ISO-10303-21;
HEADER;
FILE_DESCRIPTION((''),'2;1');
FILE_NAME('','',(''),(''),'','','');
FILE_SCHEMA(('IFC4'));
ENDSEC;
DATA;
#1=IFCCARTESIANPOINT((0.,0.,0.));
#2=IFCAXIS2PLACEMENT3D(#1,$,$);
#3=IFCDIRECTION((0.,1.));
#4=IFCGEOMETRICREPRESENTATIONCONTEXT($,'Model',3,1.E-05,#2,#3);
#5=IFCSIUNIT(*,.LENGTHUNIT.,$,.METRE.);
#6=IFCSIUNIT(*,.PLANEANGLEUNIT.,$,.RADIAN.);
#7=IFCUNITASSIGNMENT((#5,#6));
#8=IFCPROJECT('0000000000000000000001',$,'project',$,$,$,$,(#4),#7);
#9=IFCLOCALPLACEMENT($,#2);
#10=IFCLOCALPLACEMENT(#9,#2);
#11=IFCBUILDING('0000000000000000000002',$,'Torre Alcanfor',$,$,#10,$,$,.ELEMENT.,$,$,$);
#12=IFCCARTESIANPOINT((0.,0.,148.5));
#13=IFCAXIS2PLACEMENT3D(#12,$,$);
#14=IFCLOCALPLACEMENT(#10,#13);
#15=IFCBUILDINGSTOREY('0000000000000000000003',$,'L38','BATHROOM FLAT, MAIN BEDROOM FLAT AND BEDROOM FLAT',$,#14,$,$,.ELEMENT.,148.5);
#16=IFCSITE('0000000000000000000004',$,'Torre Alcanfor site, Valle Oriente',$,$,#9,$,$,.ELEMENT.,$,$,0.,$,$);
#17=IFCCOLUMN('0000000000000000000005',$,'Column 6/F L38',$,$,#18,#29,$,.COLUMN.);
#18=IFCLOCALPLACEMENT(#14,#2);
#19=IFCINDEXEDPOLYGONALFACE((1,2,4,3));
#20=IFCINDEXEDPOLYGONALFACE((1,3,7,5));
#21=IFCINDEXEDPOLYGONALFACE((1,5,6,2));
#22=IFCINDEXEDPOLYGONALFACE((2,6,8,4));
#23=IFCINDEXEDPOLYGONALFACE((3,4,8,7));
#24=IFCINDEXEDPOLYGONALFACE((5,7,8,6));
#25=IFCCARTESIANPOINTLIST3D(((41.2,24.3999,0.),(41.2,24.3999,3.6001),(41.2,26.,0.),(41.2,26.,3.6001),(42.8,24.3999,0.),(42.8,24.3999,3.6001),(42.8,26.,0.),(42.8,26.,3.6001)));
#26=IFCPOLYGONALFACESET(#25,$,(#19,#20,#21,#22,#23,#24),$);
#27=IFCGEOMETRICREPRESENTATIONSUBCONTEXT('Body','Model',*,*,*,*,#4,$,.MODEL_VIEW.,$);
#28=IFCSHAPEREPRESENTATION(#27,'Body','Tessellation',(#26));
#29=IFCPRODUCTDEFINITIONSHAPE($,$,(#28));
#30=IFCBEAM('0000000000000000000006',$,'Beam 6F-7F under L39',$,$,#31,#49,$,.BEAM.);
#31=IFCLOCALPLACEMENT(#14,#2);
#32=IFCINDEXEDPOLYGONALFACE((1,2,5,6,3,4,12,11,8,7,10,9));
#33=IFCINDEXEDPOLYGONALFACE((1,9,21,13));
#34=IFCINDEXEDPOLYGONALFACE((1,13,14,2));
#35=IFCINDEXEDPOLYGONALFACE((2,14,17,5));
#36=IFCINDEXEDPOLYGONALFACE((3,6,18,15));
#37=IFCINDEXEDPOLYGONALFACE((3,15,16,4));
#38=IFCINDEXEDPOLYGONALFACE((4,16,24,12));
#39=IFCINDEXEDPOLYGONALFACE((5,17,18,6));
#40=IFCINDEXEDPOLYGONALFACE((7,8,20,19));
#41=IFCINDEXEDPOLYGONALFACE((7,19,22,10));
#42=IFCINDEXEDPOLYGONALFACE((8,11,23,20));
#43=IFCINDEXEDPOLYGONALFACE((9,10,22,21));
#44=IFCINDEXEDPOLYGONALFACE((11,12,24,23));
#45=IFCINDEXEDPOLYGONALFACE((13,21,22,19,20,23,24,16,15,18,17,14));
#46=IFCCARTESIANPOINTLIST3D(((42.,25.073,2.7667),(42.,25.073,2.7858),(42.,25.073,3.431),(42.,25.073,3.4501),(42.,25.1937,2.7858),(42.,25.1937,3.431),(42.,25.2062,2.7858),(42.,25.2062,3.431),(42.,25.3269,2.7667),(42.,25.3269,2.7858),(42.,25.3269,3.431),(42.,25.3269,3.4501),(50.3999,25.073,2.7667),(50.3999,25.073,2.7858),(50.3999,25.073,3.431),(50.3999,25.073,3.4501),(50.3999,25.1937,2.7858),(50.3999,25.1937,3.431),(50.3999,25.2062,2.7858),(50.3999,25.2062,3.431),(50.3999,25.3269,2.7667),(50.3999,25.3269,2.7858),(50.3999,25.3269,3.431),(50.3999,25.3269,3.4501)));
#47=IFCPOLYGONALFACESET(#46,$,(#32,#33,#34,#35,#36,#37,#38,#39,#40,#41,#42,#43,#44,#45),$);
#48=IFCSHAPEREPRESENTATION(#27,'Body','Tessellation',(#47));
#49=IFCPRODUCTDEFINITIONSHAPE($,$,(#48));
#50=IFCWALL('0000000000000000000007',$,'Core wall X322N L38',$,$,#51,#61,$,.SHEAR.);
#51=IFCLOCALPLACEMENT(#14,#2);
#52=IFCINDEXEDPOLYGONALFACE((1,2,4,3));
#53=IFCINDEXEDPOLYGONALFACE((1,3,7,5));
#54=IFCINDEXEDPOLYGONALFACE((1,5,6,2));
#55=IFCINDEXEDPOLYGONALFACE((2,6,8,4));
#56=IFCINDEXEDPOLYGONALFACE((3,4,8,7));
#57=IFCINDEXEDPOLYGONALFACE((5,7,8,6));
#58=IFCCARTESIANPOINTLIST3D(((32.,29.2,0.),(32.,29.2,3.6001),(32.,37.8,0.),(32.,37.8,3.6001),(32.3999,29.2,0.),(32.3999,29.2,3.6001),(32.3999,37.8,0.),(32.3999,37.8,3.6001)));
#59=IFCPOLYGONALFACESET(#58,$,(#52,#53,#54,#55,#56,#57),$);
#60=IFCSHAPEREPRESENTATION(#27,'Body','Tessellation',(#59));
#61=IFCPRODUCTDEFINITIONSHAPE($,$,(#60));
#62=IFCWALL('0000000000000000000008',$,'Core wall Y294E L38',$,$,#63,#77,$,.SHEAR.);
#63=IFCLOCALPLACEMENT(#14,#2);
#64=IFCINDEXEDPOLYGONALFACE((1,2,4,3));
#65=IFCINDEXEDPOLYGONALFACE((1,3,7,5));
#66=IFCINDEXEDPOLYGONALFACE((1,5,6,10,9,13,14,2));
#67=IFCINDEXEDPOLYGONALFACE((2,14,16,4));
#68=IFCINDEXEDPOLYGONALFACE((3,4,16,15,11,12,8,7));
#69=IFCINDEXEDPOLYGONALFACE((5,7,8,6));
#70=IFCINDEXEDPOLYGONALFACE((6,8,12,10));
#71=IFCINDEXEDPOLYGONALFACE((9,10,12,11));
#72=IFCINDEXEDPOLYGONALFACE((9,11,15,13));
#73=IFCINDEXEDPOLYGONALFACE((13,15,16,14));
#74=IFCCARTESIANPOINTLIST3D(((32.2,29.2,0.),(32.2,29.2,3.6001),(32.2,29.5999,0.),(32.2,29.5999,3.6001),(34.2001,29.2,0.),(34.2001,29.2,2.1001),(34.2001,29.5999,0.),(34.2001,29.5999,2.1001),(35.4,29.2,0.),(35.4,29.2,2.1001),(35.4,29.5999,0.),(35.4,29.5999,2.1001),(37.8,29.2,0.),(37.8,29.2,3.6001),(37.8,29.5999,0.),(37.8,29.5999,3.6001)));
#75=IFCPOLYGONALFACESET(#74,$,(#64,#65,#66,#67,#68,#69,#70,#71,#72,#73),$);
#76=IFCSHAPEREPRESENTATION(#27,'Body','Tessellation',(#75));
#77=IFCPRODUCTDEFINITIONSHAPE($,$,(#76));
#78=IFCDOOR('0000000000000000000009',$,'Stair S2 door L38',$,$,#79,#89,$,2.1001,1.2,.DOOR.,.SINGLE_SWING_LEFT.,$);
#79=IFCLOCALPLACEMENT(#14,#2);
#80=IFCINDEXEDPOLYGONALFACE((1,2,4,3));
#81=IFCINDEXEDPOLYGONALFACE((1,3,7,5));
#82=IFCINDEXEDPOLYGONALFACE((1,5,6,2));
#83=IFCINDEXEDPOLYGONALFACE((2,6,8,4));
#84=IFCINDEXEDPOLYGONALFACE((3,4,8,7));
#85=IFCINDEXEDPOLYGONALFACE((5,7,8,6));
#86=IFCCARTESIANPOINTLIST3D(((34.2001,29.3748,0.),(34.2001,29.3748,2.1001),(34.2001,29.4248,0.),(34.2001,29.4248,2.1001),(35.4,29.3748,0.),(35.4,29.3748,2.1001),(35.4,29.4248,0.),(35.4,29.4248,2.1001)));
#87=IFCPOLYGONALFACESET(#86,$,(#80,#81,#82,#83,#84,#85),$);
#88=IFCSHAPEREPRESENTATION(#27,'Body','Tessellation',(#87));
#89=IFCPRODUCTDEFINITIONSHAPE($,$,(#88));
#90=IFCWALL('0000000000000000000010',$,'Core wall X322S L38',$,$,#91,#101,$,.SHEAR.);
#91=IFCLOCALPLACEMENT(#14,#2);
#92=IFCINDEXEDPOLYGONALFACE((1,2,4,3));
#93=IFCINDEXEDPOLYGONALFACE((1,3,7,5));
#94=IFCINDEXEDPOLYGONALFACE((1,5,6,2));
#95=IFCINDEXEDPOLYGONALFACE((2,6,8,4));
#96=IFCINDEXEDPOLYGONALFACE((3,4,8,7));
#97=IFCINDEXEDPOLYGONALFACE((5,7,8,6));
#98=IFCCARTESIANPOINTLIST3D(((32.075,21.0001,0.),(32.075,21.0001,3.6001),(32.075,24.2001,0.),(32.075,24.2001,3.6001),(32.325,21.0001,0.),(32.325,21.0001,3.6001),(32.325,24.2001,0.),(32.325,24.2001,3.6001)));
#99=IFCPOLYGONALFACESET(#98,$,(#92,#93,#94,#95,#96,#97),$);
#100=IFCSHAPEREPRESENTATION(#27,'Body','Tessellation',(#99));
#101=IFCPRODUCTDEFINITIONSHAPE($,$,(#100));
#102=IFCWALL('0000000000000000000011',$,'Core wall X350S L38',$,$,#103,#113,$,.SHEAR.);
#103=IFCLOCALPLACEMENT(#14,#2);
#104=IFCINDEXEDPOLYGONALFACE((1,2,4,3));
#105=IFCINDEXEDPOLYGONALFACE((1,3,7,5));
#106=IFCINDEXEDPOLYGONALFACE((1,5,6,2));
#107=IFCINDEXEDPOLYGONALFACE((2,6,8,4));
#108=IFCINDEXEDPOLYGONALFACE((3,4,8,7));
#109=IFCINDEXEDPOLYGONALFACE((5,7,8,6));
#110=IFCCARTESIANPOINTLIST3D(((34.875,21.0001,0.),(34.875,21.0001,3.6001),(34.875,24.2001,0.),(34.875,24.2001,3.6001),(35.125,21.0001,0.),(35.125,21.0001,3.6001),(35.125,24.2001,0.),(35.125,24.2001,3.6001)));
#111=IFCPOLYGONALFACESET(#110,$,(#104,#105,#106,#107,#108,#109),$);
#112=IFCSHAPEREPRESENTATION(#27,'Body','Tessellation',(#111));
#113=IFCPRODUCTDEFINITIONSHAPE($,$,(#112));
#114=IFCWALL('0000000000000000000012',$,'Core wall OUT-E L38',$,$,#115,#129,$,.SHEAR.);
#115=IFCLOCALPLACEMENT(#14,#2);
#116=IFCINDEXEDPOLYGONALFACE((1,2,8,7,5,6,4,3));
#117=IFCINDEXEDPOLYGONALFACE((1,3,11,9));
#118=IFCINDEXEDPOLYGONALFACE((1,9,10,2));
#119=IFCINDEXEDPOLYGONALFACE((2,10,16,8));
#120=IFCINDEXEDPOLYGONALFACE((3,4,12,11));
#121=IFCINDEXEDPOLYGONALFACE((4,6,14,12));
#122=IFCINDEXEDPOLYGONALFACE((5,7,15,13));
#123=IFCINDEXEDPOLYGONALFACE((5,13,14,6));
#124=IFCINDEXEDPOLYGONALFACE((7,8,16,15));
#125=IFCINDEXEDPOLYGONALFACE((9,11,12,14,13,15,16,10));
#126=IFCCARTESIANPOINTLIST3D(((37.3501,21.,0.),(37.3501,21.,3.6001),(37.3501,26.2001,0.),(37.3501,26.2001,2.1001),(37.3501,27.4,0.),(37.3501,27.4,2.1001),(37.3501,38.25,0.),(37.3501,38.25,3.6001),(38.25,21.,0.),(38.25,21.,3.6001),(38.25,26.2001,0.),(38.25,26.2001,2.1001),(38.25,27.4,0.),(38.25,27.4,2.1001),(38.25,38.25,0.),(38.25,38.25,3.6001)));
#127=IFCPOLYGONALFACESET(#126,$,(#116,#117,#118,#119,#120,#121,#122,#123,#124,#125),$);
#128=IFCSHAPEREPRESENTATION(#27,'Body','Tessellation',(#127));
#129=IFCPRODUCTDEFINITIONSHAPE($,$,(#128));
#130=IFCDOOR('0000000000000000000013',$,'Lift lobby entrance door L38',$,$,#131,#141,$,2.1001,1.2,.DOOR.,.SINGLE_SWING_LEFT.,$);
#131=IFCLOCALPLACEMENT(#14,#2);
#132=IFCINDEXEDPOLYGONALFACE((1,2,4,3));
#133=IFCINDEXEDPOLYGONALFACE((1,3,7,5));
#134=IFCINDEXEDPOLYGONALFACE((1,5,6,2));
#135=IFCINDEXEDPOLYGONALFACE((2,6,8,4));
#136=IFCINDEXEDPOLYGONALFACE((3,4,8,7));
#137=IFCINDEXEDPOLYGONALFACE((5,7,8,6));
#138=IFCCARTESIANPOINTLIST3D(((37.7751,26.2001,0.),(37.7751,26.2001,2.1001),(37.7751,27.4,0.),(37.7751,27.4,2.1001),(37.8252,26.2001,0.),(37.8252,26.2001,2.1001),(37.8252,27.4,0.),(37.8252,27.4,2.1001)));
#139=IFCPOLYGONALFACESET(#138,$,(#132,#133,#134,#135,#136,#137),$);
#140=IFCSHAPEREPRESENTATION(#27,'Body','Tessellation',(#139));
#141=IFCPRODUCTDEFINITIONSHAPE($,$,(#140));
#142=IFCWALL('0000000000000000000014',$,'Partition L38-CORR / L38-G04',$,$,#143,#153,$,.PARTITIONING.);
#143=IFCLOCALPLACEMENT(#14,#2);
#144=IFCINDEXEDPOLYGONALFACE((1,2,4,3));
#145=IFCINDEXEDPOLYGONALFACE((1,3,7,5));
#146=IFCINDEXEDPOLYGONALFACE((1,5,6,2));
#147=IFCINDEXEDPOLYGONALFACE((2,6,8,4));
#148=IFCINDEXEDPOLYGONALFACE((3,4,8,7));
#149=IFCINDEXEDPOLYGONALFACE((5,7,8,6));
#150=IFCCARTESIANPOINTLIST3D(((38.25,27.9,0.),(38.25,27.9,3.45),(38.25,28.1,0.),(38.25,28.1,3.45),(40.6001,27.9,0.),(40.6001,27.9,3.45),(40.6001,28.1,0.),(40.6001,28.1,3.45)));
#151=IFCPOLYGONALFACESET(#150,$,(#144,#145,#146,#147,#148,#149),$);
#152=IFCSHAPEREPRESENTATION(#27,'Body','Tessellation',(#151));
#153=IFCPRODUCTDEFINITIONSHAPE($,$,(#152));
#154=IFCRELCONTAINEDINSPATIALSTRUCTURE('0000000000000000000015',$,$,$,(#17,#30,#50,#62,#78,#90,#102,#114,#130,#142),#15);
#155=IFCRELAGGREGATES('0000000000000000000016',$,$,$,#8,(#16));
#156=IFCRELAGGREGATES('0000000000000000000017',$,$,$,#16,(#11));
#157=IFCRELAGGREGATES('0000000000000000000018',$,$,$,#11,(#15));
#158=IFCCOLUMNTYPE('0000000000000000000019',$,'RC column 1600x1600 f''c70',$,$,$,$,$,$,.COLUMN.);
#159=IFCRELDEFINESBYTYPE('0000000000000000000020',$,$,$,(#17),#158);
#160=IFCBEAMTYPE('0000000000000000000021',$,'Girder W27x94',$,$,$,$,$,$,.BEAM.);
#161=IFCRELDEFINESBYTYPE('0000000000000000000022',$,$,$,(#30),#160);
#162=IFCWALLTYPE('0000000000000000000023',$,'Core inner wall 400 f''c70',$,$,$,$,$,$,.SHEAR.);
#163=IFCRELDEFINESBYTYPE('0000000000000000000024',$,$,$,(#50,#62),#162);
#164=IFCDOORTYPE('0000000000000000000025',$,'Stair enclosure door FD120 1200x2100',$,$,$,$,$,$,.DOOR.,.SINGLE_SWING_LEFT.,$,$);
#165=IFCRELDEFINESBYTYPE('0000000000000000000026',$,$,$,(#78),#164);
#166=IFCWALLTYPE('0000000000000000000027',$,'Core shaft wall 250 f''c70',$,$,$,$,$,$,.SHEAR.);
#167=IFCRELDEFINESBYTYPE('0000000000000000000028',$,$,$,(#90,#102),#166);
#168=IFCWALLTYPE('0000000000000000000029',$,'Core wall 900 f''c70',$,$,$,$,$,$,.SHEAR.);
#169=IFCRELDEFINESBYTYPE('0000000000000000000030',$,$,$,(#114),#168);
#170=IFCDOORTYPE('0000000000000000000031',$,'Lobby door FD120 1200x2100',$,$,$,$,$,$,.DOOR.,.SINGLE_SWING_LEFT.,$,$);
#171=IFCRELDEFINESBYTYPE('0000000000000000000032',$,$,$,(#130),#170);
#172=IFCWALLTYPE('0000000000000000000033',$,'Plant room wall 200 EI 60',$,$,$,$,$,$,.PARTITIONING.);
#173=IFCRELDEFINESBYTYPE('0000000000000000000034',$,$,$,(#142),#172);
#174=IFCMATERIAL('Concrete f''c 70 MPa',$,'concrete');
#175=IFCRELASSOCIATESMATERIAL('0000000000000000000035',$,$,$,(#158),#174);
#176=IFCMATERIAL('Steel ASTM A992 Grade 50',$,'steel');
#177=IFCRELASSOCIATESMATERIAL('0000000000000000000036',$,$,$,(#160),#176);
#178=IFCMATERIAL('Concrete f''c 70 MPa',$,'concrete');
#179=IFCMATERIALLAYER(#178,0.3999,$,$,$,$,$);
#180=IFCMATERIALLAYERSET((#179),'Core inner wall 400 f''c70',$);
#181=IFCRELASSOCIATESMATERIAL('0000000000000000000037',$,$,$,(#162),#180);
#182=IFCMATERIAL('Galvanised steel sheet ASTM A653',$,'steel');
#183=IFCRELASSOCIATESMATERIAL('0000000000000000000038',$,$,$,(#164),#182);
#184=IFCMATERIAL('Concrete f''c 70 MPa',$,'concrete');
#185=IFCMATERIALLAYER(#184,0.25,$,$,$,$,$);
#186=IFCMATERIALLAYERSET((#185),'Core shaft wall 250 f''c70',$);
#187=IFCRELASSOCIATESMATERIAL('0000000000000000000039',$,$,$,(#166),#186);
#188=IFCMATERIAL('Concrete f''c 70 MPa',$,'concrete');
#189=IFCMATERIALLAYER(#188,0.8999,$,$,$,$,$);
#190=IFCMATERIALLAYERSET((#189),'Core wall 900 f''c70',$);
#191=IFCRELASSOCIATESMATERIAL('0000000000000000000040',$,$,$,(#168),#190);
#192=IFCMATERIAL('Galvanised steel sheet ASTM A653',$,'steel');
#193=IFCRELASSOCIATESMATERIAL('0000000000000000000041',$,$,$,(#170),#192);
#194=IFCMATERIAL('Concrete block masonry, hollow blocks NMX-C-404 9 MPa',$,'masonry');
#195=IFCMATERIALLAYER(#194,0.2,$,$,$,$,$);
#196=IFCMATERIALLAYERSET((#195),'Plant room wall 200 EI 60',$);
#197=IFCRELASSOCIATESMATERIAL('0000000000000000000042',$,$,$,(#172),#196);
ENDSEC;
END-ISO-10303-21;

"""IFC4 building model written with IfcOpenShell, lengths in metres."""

from ifc_helpers import new_model, si_unit, direction, frame, frame_2d, origin, origin_2d, place, context, subcontext, project, spatial, rectangle, i_section, extrude, material, layer, layer_set, material_profile, profile_set, type_object, element, fill, save


model = new_model("IFC4")

# Units and contexts
model_context = context("Model", 3, precision=1e-05, world=origin(), true_north=direction((0.0, 1.0)))
body_context = subcontext(model_context, "Body", "Model", "MODEL_VIEW")
ifc_project = project(units=[si_unit("LENGTHUNIT", "METRE"), si_unit("PLANEANGLEUNIT", "RADIAN")], contexts=[model_context])

# Site, building, storey
site_placement = place(None, origin())
site = spatial("IfcSite", under=ifc_project, at=site_placement, Name="Torre Alcanfor site, Valle Oriente", CompositionType="ELEMENT", RefElevation=0.0)
building_placement = place(site_placement, origin())
building = spatial("IfcBuilding", under=site, at=building_placement, Name="Torre Alcanfor", CompositionType="ELEMENT")
storey_placement = place(building_placement, frame((0.0, 0.0, 148.5)))
storey = spatial("IfcBuildingStorey", under=building, at=storey_placement, Name="L38", Description="BATHROOM FLAT, MAIN BEDROOM FLAT AND BEDROOM FLAT", CompositionType="ELEMENT", Elevation=148.5)

# Column
ifc_material_1 = material(Name="Concrete f'c 70 MPa", Category="concrete")
ifc_material_profile_1 = material_profile(ifc_material_1, rectangle(XDim=1.6001, YDim=1.6001, at=origin_2d()), Name="1600x1600")
ifc_profile_set_1 = profile_set([ifc_material_profile_1], Name="Concrete f'c 70 MPa")
column_type = type_object("IfcColumnType", Name="RC column 1600x1600 f'c70", PredefinedType="COLUMN", material=ifc_profile_set_1)
column_placement = place(storey_placement, frame((42.0, 25.2, 0.0), z_axis=(0.0, 0.0, 1.0), x_axis=(1.0, 0.0, 0.0)))
element("IfcColumn", 1, at=column_placement, inside=storey, type_object=column_type, Name="Column 6/F L38", PredefinedType="COLUMN", context=body_context, shape_type="SweptSolid", body=[
    extrude(rectangle(XDim=1.6001, YDim=1.6001, at=origin_2d()), origin(), (0.0, 0.0, 1.0), 3.6001),
])

# Beam
ifc_material_2 = material(Name="Steel ASTM A992 Grade 50", Category="steel")
ifc_material_profile_2 = material_profile(ifc_material_2, i_section(OverallWidth=0.2539, OverallDepth=0.6833, WebThickness=0.0125, FlangeThickness=0.019, at=origin_2d()), Name="W27x94")
ifc_profile_set_2 = profile_set([ifc_material_profile_2], Name="Steel ASTM A992 Grade 50")
beam_type = type_object("IfcBeamType", Name="Girder W27x94", PredefinedType="BEAM", material=ifc_profile_set_2)
beam_placement = place(storey_placement, frame((42.0, 25.2, 3.1084), z_axis=(1.0, 0.0, 0.0), x_axis=(0.0, 1.0, 0.0)))
element("IfcBeam", 2, at=beam_placement, inside=storey, type_object=beam_type, Name="Beam 6F-7F under L39", PredefinedType="BEAM", context=body_context, shape_type="SweptSolid", body=[
    extrude(i_section(OverallWidth=0.2539, OverallDepth=0.6833, WebThickness=0.0125, FlangeThickness=0.019, at=origin_2d()), origin(), (0.0, 0.0, 1.0), 8.3999),
])

# Wall
ifc_material_3 = material(Name="Concrete f'c 70 MPa", Category="concrete")
ifc_layer_1 = layer(ifc_material_3, 0.3999)
ifc_layer_set_1 = layer_set([ifc_layer_1], Name="Core inner wall 400 f'c70")
wall_type_1 = type_object("IfcWallType", Name="Core inner wall 400 f'c70", PredefinedType="SHEAR", material=ifc_layer_set_1)
wall_1_placement = place(storey_placement, frame((32.2, 29.2, 0.0), z_axis=(0.0, 0.0, 1.0), x_axis=(0.0, 1.0, 0.0)))
element("IfcWall", 3, at=wall_1_placement, inside=storey, type_object=wall_type_1, Name="Core wall X322N L38", PredefinedType="SHEAR", context=body_context, shape_type="SweptSolid", body=[
    extrude(rectangle(XDim=8.6001, YDim=0.3999, at=frame_2d((4.3, 0.0))), origin(), (0.0, 0.0, 1.0), 3.6001),
])

# Wall, opening, door
wall_2_placement = place(storey_placement, frame((32.2, 29.3999, 0.0), z_axis=(0.0, 0.0, 1.0), x_axis=(1.0, 0.0, 0.0)))
wall_2 = element("IfcWall", 4, at=wall_2_placement, inside=storey, type_object=wall_type_1, Name="Core wall Y294E L38", PredefinedType="SHEAR", context=body_context, shape_type="SweptSolid", body=[
    extrude(rectangle(XDim=5.6001, YDim=0.3999, at=frame_2d((2.8, 0.0))), origin(), (0.0, 0.0, 1.0), 3.6001),
])
opening_1_placement = place(wall_2_placement, frame((2.0, 0.0, 0.0)))
opening_1 = element("IfcOpeningElement", 5, at=opening_1_placement, cuts=wall_2, PredefinedType="OPENING", context=body_context, shape_type="SweptSolid", body=[
    extrude(rectangle(XDim=1.2, YDim=2.1001, at=frame_2d((0.6001, 1.05))), frame((0.0, 0.21, 0.0), z_axis=(0.0, -1.0, 0.0), x_axis=(1.0, 0.0, 0.0)), (0.0, 0.0, 1.0), 0.4199),
])
ifc_material_4 = material(Name="Galvanised steel sheet ASTM A653", Category="steel")
door_type_1 = type_object("IfcDoorType", Name="Stair enclosure door FD120 1200x2100", OperationType="SINGLE_SWING_LEFT", PredefinedType="DOOR", material=ifc_material_4)
door_1_placement = place(opening_1_placement, origin())
door_1 = element("IfcDoor", 6, at=door_1_placement, inside=storey, type_object=door_type_1, Name="Stair S2 door L38", OperationType="SINGLE_SWING_LEFT", OverallHeight=2.1001, OverallWidth=1.2, PredefinedType="DOOR", context=body_context, shape_type="SweptSolid", body=[
    extrude(rectangle(XDim=1.2, YDim=2.1001, at=frame_2d((0.6001, 1.05))), frame((0.0, 0.0249, 0.0), z_axis=(0.0, -1.0, 0.0), x_axis=(1.0, 0.0, 0.0)), (0.0, 0.0, 1.0), 0.05),
])
fill(opening_1, door_1)

# Walls
ifc_material_5 = material(Name="Concrete f'c 70 MPa", Category="concrete")
ifc_layer_2 = layer(ifc_material_5, 0.25)
ifc_layer_set_2 = layer_set([ifc_layer_2], Name="Core shaft wall 250 f'c70")
wall_type_2 = type_object("IfcWallType", Name="Core shaft wall 250 f'c70", PredefinedType="SHEAR", material=ifc_layer_set_2)
for number, where, z_axis, x_axis, name in (
    (7, (32.2, 21.0, 0.0), (0.0, 0.0, 1.0), (0.0, 1.0, 0.0), "Core wall X322S L38"),
    (8, (35.0, 21.0, 0.0), (0.0, 0.0, 1.0), (0.0, 1.0, 0.0), "Core wall X350S L38"),
):
    element("IfcWall", number, at=place(storey_placement, frame(where, z_axis=z_axis, x_axis=x_axis)), inside=storey, type_object=wall_type_2, Name=name, PredefinedType="SHEAR", context=body_context, shape_type="SweptSolid", body=[
        extrude(rectangle(XDim=3.2, YDim=0.25, at=frame_2d((1.6001, 0.0))), origin(), (0.0, 0.0, 1.0), 3.6001),
    ])

# Wall, opening, door
ifc_material_6 = material(Name="Concrete f'c 70 MPa", Category="concrete")
ifc_layer_3 = layer(ifc_material_6, 0.8999)
ifc_layer_set_3 = layer_set([ifc_layer_3], Name="Core wall 900 f'c70")
wall_type_3 = type_object("IfcWallType", Name="Core wall 900 f'c70", PredefinedType="SHEAR", material=ifc_layer_set_3)
wall_3_placement = place(storey_placement, frame((37.8, 21.0, 0.0), z_axis=(0.0, 0.0, 1.0), x_axis=(0.0, 1.0, 0.0)))
wall_3 = element("IfcWall", 9, at=wall_3_placement, inside=storey, type_object=wall_type_3, Name="Core wall OUT-E L38", PredefinedType="SHEAR", context=body_context, shape_type="SweptSolid", body=[
    extrude(rectangle(XDim=17.25, YDim=0.8999, at=frame_2d((8.625, 0.0))), origin(), (0.0, 0.0, 1.0), 3.6001),
])
opening_2_placement = place(wall_3_placement, frame((5.2, 0.0, 0.0)))
opening_2 = element("IfcOpeningElement", 10, at=opening_2_placement, cuts=wall_3, PredefinedType="OPENING", context=body_context, shape_type="SweptSolid", body=[
    extrude(rectangle(XDim=1.2, YDim=2.1001, at=frame_2d((0.6001, 1.05))), frame((0.0, 0.46, 0.0), z_axis=(0.0, -1.0, 0.0), x_axis=(1.0, 0.0, 0.0)), (0.0, 0.0, 1.0), 0.9199),
])
ifc_material_7 = material(Name="Galvanised steel sheet ASTM A653", Category="steel")
door_type_2 = type_object("IfcDoorType", Name="Lobby door FD120 1200x2100", OperationType="SINGLE_SWING_LEFT", PredefinedType="DOOR", material=ifc_material_7)
door_2_placement = place(opening_2_placement, origin())
door_2 = element("IfcDoor", 11, at=door_2_placement, inside=storey, type_object=door_type_2, Name="Lift lobby entrance door L38", OperationType="SINGLE_SWING_LEFT", OverallHeight=2.1001, OverallWidth=1.2, PredefinedType="DOOR", context=body_context, shape_type="SweptSolid", body=[
    extrude(rectangle(XDim=1.2, YDim=2.1001, at=frame_2d((0.6001, 1.05))), frame((0.0, 0.0249, 0.0), z_axis=(0.0, -1.0, 0.0), x_axis=(1.0, 0.0, 0.0)), (0.0, 0.0, 1.0), 0.05),
])
fill(opening_2, door_2)

# Wall
ifc_material_8 = material(Name="Concrete block masonry, hollow blocks NMX-C-404 9 MPa", Category="masonry")
ifc_layer_4 = layer(ifc_material_8, 0.2)
ifc_layer_set_4 = layer_set([ifc_layer_4], Name="Plant room wall 200 EI 60")
wall_type_4 = type_object("IfcWallType", Name="Plant room wall 200 EI 60", PredefinedType="PARTITIONING", material=ifc_layer_set_4)
wall_4_placement = place(storey_placement, frame((38.25, 28.0, 0.0), z_axis=(0.0, 0.0, 1.0), x_axis=(1.0, 0.0, 0.0)))
element("IfcWall", 12, at=wall_4_placement, inside=storey, type_object=wall_type_4, Name="Partition L38-CORR / L38-G04", PredefinedType="PARTITIONING", context=body_context, shape_type="SweptSolid", body=[
    extrude(rectangle(XDim=2.3501, YDim=0.2, at=frame_2d((1.175, 0.0))), origin(), (0.0, 0.0, 1.0), 3.45),
])

save(model, "model.ifc")
